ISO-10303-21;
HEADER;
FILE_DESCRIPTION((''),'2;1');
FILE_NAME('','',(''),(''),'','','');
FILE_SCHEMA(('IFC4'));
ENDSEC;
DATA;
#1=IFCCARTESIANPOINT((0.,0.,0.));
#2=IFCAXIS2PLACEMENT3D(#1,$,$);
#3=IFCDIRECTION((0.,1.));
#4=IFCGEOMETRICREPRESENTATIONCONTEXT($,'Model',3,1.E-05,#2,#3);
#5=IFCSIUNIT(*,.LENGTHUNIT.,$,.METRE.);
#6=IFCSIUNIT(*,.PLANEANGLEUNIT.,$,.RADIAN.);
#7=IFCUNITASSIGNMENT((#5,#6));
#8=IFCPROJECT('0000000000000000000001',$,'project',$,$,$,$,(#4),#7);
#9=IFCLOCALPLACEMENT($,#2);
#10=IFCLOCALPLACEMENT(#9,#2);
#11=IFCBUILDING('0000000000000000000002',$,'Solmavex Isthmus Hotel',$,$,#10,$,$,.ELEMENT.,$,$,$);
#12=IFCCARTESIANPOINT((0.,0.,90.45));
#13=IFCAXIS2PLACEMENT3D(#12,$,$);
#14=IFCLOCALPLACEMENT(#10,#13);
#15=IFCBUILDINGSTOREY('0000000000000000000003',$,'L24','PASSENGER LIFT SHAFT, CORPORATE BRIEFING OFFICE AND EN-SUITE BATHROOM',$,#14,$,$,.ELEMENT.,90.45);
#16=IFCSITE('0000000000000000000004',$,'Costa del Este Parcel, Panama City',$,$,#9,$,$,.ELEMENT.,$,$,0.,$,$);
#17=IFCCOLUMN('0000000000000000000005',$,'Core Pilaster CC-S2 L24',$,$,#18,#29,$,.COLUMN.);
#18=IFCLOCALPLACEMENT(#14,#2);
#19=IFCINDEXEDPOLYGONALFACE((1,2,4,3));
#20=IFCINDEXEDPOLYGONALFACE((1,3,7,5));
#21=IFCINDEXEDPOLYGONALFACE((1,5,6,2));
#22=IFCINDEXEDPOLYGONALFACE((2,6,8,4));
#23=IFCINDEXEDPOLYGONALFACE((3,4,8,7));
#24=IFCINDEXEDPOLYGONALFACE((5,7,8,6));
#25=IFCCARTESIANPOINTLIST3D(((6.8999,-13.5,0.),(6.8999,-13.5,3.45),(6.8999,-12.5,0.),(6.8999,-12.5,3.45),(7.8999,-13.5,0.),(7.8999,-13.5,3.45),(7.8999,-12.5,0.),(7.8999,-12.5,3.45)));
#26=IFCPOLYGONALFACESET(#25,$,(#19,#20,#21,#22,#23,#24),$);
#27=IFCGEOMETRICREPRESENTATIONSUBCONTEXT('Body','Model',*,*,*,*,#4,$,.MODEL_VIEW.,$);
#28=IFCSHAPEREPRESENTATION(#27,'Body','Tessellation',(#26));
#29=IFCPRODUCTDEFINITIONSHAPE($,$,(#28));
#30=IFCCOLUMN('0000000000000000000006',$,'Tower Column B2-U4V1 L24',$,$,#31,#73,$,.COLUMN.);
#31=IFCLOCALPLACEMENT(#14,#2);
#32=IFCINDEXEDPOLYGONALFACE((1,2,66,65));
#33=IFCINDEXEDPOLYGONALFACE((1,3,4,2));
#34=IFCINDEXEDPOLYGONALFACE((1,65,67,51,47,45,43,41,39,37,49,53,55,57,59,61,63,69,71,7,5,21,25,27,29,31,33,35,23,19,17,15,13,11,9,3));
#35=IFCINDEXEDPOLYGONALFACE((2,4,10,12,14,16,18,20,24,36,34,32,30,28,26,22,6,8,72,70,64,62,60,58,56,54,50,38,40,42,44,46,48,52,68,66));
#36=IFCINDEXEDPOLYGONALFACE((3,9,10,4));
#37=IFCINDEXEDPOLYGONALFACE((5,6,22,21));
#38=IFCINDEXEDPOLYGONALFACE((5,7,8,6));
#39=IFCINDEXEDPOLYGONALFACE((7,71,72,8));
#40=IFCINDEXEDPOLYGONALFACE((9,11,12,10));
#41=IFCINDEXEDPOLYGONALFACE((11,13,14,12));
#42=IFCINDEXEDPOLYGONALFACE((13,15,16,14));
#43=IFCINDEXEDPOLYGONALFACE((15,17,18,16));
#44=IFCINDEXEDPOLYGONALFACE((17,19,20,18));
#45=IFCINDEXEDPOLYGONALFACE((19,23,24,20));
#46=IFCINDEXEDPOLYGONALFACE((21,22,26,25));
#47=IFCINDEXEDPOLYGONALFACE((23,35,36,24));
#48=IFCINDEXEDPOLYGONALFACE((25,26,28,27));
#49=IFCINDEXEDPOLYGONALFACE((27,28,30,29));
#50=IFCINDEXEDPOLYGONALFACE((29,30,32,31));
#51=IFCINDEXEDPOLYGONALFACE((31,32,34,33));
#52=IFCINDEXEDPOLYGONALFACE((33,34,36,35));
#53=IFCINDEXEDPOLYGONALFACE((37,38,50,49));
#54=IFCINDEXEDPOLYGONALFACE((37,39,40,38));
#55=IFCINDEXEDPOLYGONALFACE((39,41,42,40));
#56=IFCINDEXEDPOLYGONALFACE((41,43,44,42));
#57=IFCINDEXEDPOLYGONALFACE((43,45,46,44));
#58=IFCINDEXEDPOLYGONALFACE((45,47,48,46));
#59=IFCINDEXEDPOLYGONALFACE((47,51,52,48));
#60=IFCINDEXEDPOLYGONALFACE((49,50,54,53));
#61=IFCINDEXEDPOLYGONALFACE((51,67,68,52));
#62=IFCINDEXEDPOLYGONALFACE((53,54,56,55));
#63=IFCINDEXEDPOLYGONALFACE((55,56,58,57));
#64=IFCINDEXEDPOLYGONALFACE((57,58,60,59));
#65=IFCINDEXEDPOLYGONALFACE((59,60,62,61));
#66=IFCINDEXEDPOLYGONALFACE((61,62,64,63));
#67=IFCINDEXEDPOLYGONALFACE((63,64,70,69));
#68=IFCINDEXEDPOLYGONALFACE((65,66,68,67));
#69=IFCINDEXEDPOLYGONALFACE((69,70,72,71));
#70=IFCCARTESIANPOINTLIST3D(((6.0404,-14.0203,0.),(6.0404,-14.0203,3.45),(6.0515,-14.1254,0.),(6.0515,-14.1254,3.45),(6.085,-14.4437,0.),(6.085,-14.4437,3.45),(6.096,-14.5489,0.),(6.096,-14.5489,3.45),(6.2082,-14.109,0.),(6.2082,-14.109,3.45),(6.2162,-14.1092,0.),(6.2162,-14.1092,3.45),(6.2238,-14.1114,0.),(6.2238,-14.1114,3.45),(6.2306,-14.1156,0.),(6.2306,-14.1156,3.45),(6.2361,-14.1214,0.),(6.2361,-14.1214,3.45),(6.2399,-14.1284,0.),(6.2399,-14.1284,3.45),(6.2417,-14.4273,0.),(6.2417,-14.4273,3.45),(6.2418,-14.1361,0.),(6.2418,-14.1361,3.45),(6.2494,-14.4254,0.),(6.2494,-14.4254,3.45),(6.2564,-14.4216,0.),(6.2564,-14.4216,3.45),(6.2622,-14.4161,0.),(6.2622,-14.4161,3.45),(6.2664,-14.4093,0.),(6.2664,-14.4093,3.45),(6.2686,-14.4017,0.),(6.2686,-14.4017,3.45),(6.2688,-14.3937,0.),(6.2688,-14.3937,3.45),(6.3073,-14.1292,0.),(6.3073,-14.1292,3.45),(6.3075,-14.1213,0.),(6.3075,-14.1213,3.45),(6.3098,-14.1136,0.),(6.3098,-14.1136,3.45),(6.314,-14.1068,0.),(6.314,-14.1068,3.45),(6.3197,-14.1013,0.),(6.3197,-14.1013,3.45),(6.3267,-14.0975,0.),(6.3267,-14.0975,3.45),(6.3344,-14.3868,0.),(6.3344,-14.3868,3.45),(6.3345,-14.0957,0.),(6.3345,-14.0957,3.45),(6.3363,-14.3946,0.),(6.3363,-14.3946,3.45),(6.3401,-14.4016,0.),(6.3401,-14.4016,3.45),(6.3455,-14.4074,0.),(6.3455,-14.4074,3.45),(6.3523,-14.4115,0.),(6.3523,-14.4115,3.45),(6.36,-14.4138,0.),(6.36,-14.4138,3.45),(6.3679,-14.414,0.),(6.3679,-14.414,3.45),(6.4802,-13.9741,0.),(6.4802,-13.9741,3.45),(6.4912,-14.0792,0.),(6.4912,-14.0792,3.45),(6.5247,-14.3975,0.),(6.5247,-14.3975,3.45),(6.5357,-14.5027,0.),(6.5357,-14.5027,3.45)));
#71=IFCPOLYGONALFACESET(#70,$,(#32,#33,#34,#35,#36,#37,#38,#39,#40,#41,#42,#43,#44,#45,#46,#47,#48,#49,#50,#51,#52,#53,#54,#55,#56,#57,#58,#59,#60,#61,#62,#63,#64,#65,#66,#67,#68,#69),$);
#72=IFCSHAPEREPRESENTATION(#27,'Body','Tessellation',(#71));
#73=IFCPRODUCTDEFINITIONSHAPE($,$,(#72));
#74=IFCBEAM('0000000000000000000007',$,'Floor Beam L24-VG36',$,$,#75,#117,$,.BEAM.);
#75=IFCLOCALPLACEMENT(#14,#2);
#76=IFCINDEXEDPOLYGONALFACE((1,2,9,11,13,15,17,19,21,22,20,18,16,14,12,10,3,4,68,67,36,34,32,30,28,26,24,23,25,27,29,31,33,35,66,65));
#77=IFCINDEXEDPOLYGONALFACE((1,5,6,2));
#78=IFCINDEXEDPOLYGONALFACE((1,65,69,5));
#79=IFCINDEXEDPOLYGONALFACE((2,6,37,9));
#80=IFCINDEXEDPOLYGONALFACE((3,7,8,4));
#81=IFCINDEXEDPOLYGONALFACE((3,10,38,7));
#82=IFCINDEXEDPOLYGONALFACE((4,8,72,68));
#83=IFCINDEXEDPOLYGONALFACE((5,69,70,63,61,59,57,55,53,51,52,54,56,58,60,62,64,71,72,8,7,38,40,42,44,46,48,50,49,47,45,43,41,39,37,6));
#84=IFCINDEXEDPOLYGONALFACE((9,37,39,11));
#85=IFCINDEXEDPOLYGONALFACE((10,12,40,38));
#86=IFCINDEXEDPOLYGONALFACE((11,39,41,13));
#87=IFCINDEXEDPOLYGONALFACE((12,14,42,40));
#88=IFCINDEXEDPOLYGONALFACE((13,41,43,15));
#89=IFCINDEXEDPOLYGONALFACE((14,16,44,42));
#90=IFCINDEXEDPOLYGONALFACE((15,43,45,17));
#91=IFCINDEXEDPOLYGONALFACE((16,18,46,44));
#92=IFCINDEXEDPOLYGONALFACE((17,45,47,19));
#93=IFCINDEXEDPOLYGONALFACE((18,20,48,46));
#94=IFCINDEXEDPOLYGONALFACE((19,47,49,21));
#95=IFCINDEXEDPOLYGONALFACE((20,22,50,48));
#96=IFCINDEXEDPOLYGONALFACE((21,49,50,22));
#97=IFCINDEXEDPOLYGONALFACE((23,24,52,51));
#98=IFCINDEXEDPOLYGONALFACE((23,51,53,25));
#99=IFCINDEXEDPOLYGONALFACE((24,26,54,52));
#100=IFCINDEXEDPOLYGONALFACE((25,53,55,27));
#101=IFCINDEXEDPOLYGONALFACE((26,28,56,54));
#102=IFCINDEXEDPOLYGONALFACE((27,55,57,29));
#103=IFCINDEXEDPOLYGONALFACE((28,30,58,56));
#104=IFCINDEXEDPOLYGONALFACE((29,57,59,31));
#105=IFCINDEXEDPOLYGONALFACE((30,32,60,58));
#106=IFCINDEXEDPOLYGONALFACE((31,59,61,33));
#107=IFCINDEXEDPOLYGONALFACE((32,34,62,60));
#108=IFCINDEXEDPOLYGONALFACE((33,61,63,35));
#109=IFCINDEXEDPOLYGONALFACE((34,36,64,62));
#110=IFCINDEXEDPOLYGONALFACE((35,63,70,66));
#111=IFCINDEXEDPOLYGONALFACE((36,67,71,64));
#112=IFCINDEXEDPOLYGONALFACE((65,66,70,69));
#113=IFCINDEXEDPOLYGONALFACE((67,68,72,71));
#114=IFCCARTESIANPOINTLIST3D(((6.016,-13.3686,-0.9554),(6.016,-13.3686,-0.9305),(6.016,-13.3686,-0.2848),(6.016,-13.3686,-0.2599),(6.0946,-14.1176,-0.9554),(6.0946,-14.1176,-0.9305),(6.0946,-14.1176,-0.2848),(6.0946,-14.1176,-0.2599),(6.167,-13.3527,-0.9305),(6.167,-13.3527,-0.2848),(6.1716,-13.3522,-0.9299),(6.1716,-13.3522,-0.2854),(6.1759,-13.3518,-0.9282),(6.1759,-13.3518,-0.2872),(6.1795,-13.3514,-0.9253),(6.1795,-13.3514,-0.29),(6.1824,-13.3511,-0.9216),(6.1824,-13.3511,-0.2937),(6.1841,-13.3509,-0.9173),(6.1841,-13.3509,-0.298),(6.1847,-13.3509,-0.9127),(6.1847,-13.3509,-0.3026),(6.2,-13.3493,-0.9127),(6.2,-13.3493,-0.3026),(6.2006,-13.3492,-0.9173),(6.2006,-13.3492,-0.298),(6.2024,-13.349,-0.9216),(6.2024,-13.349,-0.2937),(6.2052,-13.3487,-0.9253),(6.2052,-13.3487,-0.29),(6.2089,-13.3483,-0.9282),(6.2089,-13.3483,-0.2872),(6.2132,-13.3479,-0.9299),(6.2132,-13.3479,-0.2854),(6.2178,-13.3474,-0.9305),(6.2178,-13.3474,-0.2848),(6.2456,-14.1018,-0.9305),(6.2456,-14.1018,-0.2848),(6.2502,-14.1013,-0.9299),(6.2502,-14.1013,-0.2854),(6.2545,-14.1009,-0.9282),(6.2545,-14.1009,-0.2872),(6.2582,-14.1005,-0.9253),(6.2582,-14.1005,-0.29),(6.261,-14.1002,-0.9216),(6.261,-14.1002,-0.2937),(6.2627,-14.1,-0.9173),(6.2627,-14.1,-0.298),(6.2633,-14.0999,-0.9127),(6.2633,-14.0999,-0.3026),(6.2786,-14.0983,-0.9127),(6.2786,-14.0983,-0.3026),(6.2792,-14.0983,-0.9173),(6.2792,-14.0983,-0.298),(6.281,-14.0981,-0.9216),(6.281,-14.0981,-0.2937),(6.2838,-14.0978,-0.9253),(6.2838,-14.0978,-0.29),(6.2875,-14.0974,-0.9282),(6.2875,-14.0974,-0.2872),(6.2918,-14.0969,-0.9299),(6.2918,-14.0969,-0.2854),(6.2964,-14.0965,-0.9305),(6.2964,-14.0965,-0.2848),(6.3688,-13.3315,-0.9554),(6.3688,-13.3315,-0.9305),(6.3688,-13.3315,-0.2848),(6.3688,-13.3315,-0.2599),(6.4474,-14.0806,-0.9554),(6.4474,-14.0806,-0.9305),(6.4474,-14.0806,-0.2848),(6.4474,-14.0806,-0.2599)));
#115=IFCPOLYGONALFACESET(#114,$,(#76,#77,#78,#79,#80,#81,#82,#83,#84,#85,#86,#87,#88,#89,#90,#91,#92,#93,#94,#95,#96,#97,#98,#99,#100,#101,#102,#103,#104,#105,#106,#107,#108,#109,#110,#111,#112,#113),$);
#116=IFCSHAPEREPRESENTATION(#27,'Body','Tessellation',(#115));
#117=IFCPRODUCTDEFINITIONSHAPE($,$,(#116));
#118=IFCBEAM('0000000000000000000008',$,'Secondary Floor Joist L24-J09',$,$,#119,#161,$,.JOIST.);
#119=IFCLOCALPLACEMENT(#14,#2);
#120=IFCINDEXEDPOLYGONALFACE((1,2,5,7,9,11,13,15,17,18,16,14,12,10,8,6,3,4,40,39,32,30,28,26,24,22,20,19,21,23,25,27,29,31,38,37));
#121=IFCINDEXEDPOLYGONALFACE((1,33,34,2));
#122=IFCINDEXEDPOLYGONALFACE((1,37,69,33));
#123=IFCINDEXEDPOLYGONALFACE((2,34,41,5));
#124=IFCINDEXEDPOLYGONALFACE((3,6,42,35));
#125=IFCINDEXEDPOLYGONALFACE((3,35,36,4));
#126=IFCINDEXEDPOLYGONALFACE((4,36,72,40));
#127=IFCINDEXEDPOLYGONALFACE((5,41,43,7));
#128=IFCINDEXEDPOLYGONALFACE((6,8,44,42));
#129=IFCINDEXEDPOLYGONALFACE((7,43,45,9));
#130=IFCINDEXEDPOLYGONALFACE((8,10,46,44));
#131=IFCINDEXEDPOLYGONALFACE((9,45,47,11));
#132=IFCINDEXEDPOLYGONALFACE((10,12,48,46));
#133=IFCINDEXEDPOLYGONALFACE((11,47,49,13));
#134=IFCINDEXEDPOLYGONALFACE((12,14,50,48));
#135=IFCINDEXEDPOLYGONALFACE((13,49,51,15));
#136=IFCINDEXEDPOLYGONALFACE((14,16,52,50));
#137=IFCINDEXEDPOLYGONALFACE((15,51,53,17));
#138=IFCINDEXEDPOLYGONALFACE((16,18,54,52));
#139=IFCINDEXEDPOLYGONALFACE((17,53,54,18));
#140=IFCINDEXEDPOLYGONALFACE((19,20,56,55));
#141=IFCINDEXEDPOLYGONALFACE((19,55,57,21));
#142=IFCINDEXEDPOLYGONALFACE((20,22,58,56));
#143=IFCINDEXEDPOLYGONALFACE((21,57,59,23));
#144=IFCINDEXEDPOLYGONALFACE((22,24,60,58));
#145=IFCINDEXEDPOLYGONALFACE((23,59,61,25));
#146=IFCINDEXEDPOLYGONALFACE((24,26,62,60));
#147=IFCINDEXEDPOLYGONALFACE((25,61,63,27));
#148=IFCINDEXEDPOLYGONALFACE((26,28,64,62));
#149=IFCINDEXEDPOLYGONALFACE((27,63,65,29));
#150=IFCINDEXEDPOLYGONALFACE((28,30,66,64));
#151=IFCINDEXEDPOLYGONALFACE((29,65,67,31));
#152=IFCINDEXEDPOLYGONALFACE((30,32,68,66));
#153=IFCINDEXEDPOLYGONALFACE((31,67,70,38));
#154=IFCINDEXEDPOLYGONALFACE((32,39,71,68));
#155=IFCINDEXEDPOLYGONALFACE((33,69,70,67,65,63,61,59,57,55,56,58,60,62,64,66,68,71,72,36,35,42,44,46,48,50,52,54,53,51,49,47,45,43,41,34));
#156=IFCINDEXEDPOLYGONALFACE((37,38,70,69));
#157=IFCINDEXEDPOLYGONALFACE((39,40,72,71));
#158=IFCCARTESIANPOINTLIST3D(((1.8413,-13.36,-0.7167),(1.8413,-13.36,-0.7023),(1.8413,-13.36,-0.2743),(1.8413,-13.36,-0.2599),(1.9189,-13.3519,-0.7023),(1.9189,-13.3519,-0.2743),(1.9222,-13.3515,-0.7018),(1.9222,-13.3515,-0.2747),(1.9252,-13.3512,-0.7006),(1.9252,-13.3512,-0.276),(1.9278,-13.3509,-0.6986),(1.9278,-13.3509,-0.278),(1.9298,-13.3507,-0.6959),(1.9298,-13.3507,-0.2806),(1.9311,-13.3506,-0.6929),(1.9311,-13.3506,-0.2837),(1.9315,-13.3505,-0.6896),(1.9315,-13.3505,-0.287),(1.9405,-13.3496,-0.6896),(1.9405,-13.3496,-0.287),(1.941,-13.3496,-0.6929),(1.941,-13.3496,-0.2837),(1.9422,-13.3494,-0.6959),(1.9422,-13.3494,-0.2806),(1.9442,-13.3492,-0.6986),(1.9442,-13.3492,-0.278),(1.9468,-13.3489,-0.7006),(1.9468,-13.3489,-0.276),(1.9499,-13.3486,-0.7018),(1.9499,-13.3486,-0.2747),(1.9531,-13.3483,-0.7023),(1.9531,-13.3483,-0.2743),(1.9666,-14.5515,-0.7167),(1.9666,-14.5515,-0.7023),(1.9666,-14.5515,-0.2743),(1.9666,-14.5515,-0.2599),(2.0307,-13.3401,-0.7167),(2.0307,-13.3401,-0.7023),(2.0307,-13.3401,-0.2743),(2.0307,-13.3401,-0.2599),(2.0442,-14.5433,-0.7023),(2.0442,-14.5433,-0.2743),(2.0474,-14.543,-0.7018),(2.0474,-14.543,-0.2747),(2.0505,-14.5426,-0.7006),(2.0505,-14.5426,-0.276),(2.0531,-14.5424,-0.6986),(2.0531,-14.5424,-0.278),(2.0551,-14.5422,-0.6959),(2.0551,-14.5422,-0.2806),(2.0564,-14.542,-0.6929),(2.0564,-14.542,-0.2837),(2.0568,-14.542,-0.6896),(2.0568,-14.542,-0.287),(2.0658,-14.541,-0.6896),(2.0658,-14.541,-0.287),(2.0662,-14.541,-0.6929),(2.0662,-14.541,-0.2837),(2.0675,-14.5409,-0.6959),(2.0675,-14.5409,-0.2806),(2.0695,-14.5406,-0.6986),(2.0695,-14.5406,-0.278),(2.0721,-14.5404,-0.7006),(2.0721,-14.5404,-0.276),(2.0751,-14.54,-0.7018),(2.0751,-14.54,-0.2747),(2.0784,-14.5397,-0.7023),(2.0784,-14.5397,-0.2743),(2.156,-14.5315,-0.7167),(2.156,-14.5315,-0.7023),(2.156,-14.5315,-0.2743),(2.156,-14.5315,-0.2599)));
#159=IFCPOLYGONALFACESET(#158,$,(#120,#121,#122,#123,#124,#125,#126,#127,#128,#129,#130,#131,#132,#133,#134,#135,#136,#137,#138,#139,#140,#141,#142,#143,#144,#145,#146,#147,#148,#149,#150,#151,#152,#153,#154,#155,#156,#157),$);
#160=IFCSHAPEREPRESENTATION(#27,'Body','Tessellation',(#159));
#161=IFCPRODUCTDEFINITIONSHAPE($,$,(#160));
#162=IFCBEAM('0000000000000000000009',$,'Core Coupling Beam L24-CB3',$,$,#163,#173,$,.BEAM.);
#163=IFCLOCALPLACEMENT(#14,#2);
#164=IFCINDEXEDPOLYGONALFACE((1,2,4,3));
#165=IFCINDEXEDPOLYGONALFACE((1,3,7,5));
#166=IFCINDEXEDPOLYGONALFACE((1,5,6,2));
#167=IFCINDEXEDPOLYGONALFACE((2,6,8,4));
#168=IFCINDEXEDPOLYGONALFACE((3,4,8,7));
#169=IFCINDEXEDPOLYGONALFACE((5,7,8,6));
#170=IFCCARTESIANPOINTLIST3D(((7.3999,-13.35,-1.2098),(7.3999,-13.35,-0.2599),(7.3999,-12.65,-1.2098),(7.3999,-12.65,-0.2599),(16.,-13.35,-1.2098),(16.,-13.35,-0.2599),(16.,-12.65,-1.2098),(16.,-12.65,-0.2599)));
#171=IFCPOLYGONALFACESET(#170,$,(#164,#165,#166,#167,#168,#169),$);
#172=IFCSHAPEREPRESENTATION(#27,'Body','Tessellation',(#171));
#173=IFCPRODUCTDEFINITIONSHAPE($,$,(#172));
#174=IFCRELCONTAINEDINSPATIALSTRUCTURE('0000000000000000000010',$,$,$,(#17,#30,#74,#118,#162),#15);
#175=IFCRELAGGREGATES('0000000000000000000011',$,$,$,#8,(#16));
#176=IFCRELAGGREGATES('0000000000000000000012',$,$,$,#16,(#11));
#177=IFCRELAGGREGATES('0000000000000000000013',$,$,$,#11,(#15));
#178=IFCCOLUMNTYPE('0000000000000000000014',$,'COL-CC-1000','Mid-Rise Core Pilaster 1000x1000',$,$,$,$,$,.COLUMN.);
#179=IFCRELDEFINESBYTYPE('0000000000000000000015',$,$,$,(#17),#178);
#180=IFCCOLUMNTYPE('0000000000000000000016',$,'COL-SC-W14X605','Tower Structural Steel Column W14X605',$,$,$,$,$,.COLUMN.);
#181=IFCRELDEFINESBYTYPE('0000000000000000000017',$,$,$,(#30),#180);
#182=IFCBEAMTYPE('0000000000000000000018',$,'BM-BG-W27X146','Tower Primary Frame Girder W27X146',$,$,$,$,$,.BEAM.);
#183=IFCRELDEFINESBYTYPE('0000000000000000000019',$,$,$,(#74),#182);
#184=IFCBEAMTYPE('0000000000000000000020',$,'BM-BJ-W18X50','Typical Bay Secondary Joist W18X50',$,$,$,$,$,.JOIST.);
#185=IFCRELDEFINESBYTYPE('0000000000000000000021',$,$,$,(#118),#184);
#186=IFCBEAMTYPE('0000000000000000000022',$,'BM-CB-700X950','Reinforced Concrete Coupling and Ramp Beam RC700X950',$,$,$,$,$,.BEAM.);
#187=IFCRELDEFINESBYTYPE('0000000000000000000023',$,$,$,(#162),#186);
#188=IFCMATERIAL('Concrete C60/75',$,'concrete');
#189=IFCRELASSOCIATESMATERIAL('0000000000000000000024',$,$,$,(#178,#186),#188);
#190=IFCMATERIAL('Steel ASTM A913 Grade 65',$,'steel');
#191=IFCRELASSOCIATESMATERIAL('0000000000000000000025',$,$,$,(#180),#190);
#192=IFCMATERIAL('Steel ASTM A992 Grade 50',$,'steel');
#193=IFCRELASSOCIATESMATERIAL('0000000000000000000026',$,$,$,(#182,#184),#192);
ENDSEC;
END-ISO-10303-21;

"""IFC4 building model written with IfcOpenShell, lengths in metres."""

from ifc_helpers import new_model, si_unit, direction, frame, origin, origin_2d, place, context, subcontext, project, spatial, rectangle, i_section, extrude, material, material_profile, profile_set, type_object, element, save


model = new_model("IFC4")

# Units and contexts
model_context = context("Model", 3, precision=1e-05, world=origin(), true_north=direction((0.0, 1.0)))
body_context = subcontext(model_context, "Body", "Model", "MODEL_VIEW")
ifc_project = project(units=[si_unit("LENGTHUNIT", "METRE"), si_unit("PLANEANGLEUNIT", "RADIAN")], contexts=[model_context])

# Site, building, storey
site_placement = place(None, origin())
site = spatial("IfcSite", under=ifc_project, at=site_placement, Name="Costa del Este Parcel, Panama City", CompositionType="ELEMENT", RefElevation=0.0)
building_placement = place(site_placement, origin())
building = spatial("IfcBuilding", under=site, at=building_placement, Name="Solmavex Isthmus Hotel", CompositionType="ELEMENT")
storey_placement = place(building_placement, frame((0.0, 0.0, 90.45)))
storey = spatial("IfcBuildingStorey", under=building, at=storey_placement, Name="L24", Description="PASSENGER LIFT SHAFT, CORPORATE BRIEFING OFFICE AND EN-SUITE BATHROOM", CompositionType="ELEMENT", Elevation=90.45)

# Columns
ifc_material_1 = material(Name="Concrete C60/75", Category="concrete")
ifc_material_profile_1 = material_profile(ifc_material_1, rectangle(XDim=1.0, YDim=1.0, at=origin_2d()), Name="RC1000X1000")
ifc_profile_set_1 = profile_set([ifc_material_profile_1], Name="Concrete C60/75")
column_type_1 = type_object("IfcColumnType", Name="COL-CC-1000", Description="Mid-Rise Core Pilaster 1000x1000", PredefinedType="COLUMN", material=ifc_profile_set_1)
column_1_placement = place(storey_placement, frame((7.3999, -13.0, 0.0), z_axis=(0.0, 0.0, 1.0), x_axis=(1.0, 0.0, 0.0)))
element("IfcColumn", 1, at=column_1_placement, inside=storey, type_object=column_type_1, Name="Core Pilaster CC-S2 L24", PredefinedType="COLUMN", context=body_context, shape_type="SweptSolid", body=[
    extrude(rectangle(XDim=1.0, YDim=1.0, at=origin_2d()), origin(), (0.0, 0.0, 1.0), 3.45),
])
ifc_material_2 = material(Name="Steel ASTM A913 Grade 65", Category="steel")
ifc_material_profile_2 = material_profile(ifc_material_2, i_section(OverallWidth=0.4421, OverallDepth=0.5315, WebThickness=0.0659, FlangeThickness=0.1057, FilletRadius=0.0305, at=origin_2d()), Name="W14X605")
ifc_profile_set_2 = profile_set([ifc_material_profile_2], Name="Steel ASTM A913 Grade 65")
column_type_2 = type_object("IfcColumnType", Name="COL-SC-W14X605", Description="Tower Structural Steel Column W14X605", PredefinedType="COLUMN", material=ifc_profile_set_2)
column_2_placement = place(storey_placement, frame((6.2881, -14.2615, 0.0), z_axis=(0.0, 0.0, 1.0), x_axis=(0.994522, 0.104528, 0.0)))
element("IfcColumn", 2, at=column_2_placement, inside=storey, type_object=column_type_2, Name="Tower Column B2-U4V1 L24", PredefinedType="COLUMN", context=body_context, shape_type="SweptSolid", body=[
    extrude(i_section(OverallWidth=0.4421, OverallDepth=0.5315, WebThickness=0.0659, FlangeThickness=0.1057, FilletRadius=0.0305, at=origin_2d()), origin(), (0.0, 0.0, 1.0), 3.45),
])

# Beams
ifc_material_3 = material(Name="Steel ASTM A992 Grade 50", Category="steel")
ifc_material_profile_3 = material_profile(ifc_material_3, i_section(OverallWidth=0.3547, OverallDepth=0.6956, WebThickness=0.0154, FlangeThickness=0.0249, FilletRadius=0.0178, at=origin_2d()), Name="W27X146")
ifc_profile_set_3 = profile_set([ifc_material_profile_3], Name="Steel ASTM A992 Grade 50")
beam_type_1 = type_object("IfcBeamType", Name="BM-BG-W27X146", Description="Tower Primary Frame Girder W27X146", PredefinedType="BEAM", material=ifc_profile_set_3)
beam_1_placement = place(storey_placement, frame((6.271, -14.0991, -0.6077), z_axis=(-0.104381, 0.994537, 0.0), x_axis=(-0.994537, -0.104381, 0.0)))
element("IfcBeam", 3, at=beam_1_placement, inside=storey, type_object=beam_type_1, Name="Floor Beam L24-VG36", PredefinedType="BEAM", context=body_context, shape_type="SweptSolid", body=[
    extrude(i_section(OverallWidth=0.3547, OverallDepth=0.6956, WebThickness=0.0154, FlangeThickness=0.0249, FilletRadius=0.0178, at=origin_2d()), origin(), (0.0, 0.0, 1.0), 0.7532),
])
ifc_material_profile_4 = material_profile(ifc_material_3, i_section(OverallWidth=0.1904, OverallDepth=0.4568, WebThickness=0.009, FlangeThickness=0.0144, FilletRadius=0.0127, at=origin_2d()), Name="W18X50")
ifc_profile_set_4 = profile_set([ifc_material_profile_4], Name="Steel ASTM A992 Grade 50")
beam_type_2 = type_object("IfcBeamType", Name="BM-BJ-W18X50", Description="Typical Bay Secondary Joist W18X50", PredefinedType="JOIST", material=ifc_profile_set_4)
beam_2_placement = place(storey_placement, frame((2.0613, -14.5415, -0.4883), z_axis=(-0.104547, 0.99452, 0.0), x_axis=(-0.99452, -0.104547, 0.0)))
element("IfcBeam", 4, at=beam_2_placement, inside=storey, type_object=beam_type_2, Name="Secondary Floor Joist L24-J09", PredefinedType="JOIST", context=body_context, shape_type="SweptSolid", body=[
    extrude(i_section(OverallWidth=0.1904, OverallDepth=0.4568, WebThickness=0.009, FlangeThickness=0.0144, FilletRadius=0.0127, at=origin_2d()), origin(), (0.0, 0.0, 1.0), 1.198),
])
ifc_material_profile_5 = material_profile(ifc_material_1, rectangle(XDim=0.7, YDim=0.95, at=origin_2d()), Name="RC700X950")
ifc_profile_set_5 = profile_set([ifc_material_profile_5], Name="Concrete C60/75")
beam_type_3 = type_object("IfcBeamType", Name="BM-CB-700X950", Description="Reinforced Concrete Coupling and Ramp Beam RC700X950", PredefinedType="BEAM", material=ifc_profile_set_5)
beam_3_placement = place(storey_placement, frame((7.3999, -13.0, -0.7349), z_axis=(1.0, 0.0, 0.0), x_axis=(0.0, 1.0, 0.0)))
element("IfcBeam", 5, at=beam_3_placement, inside=storey, type_object=beam_type_3, Name="Core Coupling Beam L24-CB3", PredefinedType="BEAM", context=body_context, shape_type="SweptSolid", body=[
    extrude(rectangle(XDim=0.7, YDim=0.95, at=origin_2d()), origin(), (0.0, 0.0, 1.0), 8.6001),
])

save(model, "model.ifc")
